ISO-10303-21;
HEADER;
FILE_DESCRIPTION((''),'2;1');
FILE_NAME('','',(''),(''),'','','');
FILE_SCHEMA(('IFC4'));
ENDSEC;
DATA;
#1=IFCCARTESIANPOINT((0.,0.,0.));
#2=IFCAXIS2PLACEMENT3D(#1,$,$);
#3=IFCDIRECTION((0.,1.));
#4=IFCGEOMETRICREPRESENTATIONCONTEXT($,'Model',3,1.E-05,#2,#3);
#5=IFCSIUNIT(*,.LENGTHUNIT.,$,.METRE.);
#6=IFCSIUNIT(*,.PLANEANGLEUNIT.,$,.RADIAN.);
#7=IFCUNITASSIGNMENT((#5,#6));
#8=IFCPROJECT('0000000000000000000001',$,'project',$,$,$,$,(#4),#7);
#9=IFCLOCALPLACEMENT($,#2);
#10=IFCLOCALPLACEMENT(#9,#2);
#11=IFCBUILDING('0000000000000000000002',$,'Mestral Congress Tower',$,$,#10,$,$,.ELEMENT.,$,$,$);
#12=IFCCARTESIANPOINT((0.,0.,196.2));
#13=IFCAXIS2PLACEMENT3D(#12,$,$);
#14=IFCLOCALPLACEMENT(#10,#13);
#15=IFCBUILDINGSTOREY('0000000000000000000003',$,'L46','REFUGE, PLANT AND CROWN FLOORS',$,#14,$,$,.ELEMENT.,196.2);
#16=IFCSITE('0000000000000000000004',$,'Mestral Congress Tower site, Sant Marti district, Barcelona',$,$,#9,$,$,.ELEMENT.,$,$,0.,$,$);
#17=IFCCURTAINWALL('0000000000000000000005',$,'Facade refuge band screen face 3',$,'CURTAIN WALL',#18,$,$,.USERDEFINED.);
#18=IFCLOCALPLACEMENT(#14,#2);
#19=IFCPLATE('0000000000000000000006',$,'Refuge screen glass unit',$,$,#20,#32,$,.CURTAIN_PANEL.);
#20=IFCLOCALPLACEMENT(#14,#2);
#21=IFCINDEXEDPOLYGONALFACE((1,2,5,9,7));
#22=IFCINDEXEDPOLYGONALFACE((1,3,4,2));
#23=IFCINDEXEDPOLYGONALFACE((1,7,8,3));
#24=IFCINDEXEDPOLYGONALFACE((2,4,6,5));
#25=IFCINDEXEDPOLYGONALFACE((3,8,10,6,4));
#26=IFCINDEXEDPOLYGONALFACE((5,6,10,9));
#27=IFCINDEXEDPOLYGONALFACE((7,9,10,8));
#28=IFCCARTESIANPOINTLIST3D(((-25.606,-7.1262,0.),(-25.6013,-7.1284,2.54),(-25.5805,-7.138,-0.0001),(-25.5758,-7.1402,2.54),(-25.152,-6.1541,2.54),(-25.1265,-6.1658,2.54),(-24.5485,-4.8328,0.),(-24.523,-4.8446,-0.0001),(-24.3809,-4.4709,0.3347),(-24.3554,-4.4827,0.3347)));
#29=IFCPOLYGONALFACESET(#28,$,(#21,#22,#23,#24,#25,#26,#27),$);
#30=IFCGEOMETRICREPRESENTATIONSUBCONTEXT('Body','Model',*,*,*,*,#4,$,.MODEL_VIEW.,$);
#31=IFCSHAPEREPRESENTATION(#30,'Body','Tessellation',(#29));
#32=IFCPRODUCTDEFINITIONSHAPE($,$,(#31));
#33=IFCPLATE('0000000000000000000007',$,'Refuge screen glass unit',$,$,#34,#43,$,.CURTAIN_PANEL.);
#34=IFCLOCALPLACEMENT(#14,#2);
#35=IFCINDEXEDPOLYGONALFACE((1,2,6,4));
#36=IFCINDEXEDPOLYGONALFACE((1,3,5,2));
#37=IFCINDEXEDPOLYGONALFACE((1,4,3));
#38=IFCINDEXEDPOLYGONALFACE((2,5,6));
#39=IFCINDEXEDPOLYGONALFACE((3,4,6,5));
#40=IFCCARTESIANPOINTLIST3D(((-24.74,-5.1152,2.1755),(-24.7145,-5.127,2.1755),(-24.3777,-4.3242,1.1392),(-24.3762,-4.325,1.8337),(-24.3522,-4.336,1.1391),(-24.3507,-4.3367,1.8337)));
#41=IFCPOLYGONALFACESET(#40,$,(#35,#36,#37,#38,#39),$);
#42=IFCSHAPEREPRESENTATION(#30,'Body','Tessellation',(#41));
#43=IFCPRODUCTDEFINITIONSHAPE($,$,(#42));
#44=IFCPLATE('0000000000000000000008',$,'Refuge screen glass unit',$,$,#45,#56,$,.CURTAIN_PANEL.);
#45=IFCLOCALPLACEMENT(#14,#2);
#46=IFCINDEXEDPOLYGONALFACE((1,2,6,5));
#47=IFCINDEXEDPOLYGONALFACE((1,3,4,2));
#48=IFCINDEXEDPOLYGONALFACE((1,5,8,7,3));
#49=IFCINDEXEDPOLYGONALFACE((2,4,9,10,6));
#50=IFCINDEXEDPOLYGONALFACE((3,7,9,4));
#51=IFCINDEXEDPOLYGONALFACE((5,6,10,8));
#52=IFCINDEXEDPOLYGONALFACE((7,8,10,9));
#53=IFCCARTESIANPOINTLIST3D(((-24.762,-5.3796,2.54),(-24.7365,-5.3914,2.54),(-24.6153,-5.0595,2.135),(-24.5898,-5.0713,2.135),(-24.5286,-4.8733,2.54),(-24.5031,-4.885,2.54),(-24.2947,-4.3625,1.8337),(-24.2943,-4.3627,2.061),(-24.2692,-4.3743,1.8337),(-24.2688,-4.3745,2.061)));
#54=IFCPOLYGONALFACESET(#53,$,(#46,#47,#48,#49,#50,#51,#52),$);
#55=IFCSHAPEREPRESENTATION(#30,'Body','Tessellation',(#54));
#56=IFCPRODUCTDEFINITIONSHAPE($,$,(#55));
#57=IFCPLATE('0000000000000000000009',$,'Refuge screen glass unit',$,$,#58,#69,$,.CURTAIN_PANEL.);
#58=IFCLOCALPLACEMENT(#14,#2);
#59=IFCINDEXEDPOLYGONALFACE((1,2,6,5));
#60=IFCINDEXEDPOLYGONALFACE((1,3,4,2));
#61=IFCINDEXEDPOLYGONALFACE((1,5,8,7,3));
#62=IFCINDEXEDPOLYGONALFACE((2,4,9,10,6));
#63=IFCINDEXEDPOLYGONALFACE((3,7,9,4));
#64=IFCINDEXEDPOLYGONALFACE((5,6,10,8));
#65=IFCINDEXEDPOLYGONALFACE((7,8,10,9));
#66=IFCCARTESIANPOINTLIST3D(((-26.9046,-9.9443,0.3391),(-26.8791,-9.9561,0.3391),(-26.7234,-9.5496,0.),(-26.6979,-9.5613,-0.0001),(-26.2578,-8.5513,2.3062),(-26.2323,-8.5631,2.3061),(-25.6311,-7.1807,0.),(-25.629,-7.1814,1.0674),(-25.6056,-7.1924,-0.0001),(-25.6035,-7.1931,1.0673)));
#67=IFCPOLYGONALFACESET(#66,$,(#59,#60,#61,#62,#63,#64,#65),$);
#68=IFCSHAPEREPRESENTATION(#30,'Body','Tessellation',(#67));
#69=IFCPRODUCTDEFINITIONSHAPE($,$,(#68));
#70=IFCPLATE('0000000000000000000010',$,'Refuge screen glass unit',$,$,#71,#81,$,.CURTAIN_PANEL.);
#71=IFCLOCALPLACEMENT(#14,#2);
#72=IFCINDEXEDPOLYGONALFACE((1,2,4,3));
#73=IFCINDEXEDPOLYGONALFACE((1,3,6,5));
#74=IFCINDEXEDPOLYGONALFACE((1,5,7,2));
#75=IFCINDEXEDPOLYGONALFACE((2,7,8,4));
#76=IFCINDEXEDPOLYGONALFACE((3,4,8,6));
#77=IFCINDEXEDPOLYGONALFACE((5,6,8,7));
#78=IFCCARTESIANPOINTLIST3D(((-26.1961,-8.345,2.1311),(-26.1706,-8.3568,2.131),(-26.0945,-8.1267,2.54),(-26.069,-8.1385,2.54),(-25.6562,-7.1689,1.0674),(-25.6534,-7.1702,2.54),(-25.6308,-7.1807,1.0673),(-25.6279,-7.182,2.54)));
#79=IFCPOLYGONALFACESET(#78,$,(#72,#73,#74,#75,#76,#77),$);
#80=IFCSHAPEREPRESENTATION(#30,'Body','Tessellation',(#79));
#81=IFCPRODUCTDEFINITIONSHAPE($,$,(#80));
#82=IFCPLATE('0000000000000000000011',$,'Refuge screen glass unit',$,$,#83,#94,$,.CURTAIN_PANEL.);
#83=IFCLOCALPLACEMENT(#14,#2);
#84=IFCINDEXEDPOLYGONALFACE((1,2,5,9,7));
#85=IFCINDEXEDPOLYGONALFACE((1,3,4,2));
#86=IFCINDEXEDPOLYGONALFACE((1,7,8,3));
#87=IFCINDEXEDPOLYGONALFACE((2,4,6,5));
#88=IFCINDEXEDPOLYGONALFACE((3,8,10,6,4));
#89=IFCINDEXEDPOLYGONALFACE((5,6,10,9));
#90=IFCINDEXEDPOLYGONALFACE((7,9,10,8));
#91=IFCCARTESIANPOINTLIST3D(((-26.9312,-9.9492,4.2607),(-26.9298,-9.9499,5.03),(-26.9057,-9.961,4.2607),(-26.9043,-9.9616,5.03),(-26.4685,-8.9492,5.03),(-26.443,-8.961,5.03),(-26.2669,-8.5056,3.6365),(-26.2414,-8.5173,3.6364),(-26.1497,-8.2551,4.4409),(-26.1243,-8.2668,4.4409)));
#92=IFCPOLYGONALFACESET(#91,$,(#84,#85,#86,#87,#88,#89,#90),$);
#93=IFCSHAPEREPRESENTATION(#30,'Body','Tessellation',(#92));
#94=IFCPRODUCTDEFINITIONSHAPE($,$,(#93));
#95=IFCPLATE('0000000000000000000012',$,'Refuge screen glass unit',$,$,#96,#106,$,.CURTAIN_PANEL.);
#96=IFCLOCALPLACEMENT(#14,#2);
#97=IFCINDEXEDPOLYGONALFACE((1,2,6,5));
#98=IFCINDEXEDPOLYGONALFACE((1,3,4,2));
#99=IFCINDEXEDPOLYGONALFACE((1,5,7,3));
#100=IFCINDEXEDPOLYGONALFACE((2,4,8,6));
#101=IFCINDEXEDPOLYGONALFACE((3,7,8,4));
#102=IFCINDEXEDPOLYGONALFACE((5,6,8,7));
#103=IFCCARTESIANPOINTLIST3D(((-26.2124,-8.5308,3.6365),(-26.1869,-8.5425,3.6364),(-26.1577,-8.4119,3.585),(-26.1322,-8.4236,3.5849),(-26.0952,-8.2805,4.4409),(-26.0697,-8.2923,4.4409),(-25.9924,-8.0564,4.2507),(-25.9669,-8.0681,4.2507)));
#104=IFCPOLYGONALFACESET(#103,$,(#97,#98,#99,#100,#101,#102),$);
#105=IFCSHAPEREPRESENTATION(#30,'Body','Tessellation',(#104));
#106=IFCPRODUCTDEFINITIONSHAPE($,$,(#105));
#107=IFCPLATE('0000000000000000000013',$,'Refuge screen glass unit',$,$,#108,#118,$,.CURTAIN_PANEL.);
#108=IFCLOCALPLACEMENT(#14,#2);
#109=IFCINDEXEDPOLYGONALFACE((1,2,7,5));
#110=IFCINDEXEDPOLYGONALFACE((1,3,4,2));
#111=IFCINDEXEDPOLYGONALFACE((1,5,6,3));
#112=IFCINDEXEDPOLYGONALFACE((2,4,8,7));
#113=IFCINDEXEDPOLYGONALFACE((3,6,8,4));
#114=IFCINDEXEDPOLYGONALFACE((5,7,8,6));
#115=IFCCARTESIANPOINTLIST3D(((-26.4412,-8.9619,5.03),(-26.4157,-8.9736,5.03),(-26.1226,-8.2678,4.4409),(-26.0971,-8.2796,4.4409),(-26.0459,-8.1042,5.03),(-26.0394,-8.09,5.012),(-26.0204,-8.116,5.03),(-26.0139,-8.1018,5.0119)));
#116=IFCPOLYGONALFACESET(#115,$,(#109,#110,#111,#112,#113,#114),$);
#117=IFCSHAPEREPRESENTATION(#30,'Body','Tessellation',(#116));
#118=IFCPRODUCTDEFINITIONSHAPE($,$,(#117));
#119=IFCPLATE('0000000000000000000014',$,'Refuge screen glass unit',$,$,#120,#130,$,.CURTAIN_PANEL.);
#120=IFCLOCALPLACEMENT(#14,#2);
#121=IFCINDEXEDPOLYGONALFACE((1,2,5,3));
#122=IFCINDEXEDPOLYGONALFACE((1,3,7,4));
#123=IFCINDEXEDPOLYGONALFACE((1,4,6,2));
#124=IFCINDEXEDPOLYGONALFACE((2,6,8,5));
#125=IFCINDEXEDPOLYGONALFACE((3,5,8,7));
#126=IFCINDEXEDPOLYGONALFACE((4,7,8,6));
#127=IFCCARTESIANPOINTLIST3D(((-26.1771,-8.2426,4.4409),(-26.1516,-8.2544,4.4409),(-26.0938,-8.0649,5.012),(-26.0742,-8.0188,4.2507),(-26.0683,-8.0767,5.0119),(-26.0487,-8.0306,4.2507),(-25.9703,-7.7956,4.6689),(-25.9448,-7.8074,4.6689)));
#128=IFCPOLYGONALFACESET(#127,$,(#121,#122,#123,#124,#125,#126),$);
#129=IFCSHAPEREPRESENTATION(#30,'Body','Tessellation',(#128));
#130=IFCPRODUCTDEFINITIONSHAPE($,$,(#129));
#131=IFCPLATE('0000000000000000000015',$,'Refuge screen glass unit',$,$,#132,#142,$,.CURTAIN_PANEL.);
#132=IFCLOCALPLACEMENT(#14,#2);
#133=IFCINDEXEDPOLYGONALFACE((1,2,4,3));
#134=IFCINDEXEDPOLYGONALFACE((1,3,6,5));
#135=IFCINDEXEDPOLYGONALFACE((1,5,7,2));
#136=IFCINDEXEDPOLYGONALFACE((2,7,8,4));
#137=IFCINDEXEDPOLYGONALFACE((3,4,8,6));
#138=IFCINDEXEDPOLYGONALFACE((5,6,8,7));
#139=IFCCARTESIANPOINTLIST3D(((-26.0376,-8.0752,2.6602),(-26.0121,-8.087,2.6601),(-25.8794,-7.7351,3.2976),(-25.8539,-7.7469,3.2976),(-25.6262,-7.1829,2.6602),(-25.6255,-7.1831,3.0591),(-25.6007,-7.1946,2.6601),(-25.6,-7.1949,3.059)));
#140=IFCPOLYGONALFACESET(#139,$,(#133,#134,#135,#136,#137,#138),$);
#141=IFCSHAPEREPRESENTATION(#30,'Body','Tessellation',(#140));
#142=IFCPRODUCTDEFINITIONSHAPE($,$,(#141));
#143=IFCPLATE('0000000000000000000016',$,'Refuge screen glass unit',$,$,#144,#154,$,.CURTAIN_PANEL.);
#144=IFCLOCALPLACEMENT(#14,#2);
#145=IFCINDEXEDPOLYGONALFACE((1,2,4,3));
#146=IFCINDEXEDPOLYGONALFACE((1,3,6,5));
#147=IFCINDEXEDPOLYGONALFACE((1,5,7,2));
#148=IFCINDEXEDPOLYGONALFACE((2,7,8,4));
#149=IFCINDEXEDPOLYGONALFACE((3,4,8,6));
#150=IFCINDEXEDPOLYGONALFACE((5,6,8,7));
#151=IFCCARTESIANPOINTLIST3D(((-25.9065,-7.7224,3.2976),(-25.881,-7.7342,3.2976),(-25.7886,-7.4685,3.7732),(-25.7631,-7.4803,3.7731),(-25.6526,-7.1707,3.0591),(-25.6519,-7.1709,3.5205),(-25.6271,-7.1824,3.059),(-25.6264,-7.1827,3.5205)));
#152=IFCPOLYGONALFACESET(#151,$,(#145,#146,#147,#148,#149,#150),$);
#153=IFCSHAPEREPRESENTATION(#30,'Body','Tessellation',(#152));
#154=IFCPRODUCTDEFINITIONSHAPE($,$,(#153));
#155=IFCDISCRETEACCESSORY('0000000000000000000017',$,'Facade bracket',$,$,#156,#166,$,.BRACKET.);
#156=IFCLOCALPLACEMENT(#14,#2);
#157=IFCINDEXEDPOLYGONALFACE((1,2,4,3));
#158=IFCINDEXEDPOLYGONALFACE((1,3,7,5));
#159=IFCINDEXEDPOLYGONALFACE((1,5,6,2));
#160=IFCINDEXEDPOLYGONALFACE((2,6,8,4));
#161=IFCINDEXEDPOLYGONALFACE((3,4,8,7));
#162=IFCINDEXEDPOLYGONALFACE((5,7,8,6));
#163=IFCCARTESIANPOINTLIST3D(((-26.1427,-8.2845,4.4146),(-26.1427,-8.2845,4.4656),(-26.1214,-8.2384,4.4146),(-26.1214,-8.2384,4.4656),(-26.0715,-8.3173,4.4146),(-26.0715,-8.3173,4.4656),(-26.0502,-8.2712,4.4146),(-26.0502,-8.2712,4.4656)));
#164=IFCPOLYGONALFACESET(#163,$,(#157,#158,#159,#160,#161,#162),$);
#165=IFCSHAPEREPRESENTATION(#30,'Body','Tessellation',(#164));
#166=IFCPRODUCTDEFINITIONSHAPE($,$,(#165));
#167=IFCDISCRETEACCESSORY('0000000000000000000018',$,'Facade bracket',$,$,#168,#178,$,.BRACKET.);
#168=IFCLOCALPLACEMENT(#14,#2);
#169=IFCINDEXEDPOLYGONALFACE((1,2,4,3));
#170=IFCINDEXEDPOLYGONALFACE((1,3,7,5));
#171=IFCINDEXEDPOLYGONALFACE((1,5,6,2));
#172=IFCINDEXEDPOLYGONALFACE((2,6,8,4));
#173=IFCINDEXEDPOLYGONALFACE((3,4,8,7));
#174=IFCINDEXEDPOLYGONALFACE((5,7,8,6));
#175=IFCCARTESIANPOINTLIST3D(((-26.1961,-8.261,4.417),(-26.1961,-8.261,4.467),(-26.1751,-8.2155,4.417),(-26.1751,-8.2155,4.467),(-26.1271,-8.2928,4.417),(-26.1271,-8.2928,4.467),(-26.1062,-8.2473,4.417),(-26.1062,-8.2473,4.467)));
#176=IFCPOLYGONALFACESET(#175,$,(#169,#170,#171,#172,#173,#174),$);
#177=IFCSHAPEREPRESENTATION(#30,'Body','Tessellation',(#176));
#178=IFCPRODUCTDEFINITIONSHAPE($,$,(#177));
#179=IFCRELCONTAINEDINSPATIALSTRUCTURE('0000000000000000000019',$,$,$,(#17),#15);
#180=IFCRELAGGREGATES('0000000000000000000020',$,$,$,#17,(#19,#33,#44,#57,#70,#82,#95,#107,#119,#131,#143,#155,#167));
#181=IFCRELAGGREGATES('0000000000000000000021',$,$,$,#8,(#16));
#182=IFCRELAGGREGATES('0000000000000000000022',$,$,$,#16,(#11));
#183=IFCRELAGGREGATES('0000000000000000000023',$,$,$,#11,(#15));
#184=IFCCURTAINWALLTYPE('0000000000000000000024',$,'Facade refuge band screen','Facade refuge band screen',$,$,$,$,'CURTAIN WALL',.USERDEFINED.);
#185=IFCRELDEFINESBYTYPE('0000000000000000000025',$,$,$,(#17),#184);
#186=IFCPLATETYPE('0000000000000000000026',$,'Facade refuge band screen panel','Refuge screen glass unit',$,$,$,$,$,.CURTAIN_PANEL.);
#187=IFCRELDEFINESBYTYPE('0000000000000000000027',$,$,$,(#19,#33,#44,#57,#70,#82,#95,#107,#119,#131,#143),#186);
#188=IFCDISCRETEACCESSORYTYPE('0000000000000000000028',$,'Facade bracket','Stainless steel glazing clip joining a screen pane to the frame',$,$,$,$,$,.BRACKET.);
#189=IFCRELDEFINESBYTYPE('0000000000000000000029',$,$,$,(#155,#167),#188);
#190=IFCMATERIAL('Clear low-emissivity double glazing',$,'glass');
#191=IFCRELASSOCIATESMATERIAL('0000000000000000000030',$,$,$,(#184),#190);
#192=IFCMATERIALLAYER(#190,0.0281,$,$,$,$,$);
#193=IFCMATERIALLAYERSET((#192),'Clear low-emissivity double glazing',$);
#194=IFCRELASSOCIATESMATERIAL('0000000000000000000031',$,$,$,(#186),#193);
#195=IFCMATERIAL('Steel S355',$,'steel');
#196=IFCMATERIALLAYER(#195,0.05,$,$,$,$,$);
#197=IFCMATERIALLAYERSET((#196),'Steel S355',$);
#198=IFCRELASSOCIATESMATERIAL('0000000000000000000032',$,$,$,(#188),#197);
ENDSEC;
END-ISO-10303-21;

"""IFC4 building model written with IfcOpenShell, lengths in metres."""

from ifc_helpers import new_model, si_unit, direction, frame, origin, origin_2d, place, context, subcontext, project, spatial, polyline, rectangle, outline, extrude, material, layer, layer_set, type_object, element, aggregate, save


model = new_model("IFC4")

# Units and contexts
model_context = context("Model", 3, precision=1e-05, world=origin(), true_north=direction((0.0, 1.0)))
body_context = subcontext(model_context, "Body", "Model", "MODEL_VIEW")
ifc_project = project(units=[si_unit("LENGTHUNIT", "METRE"), si_unit("PLANEANGLEUNIT", "RADIAN")], contexts=[model_context])

# Site, building, storey
site_placement = place(None, origin())
site = spatial("IfcSite", under=ifc_project, at=site_placement, Name="Mestral Congress Tower site, Sant Marti district, Barcelona", CompositionType="ELEMENT", RefElevation=0.0)
building_placement = place(site_placement, origin())
building = spatial("IfcBuilding", under=site, at=building_placement, Name="Mestral Congress Tower", CompositionType="ELEMENT")
storey_placement = place(building_placement, frame((0.0, 0.0, 196.2)))
storey = spatial("IfcBuildingStorey", under=building, at=storey_placement, Name="L46", Description="REFUGE, PLANT AND CROWN FLOORS", CompositionType="ELEMENT", Elevation=196.2)

# Shared definitions
ifc_material_1 = material(Name="Steel S355", Category="steel")

# Curtain wall
ifc_material_2 = material(Name="Clear low-emissivity double glazing", Category="glass")
curtain_wall_type = type_object("IfcCurtainWallType", Name="Facade refuge band screen", Description="Facade refuge band screen", ElementType="CURTAIN WALL", PredefinedType="USERDEFINED", material=ifc_material_2)
curtain_wall_placement = place(storey_placement, origin())
curtain_wall = element("IfcCurtainWall", 1, at=curtain_wall_placement, inside=storey, type_object=curtain_wall_type, Name="Facade refuge band screen face 3", ObjectType="CURTAIN WALL", PredefinedType="USERDEFINED")

# Plates
ifc_layer_1 = layer(ifc_material_2, 0.0281)
ifc_layer_set_1 = layer_set([ifc_layer_1], Name="Clear low-emissivity double glazing")
plate_type_1 = type_object("IfcPlateType", Name="Facade refuge band screen panel", Description="Refuge screen glass unit", PredefinedType="CURTAIN_PANEL", material=ifc_layer_set_1)
plate_1_placement = place(storey_placement, frame((-25.606, -7.1262, 0.0), z_axis=(-0.908115, 0.418716, 0.002041), x_axis=(0.418717, 0.908117, 0.0)))
plate_1 = element("IfcPlate", 2, at=plate_1_placement, type_object=plate_type_1, Name="Refuge screen glass unit", PredefinedType="CURTAIN_PANEL", context=body_context, shape_type="SweptSolid", body=[
    extrude(outline(polyline([(0.0, 0.0), (2.5255, 0.0), (2.9243, -0.3347), (1.0729, -2.54), (-0.0001, -2.54), (0.0, 0.0)])), origin(), (0.0, 0.0, -1.0), 0.0281),
])
plate_2_placement = place(storey_placement, frame((-24.3777, -4.3242, 1.1392), z_axis=(-0.907996, 0.418972, 0.002357), x_axis=(0.002109, -0.001054, 0.999997)))
plate_2 = element("IfcPlate", 3, at=plate_2_placement, type_object=plate_type_1, Name="Refuge screen glass unit", PredefinedType="CURTAIN_PANEL", context=body_context, shape_type="SweptSolid", body=[
    extrude(outline(polyline([(0.0, 0.0), (0.6946, 0.0), (1.0364, -0.87), (0.0, 0.0)])), origin(), (0.0, 0.0, -1.0), 0.0281),
])
plate_3_placement = place(storey_placement, frame((-24.2947, -4.3625, 1.8337), z_axis=(-0.908152, 0.418637, 0.001945), x_axis=(0.001734, -0.000883, 0.999998)))
plate_3 = element("IfcPlate", 4, at=plate_3_placement, type_object=plate_type_1, Name="Refuge screen glass unit", PredefinedType="CURTAIN_PANEL", context=body_context, shape_type="SweptSolid", body=[
    extrude(outline(polyline([(0.0, 0.0), (0.2273, 0.0), (0.7063, -0.5617), (0.7064, -1.1192), (0.3013, -0.7672), (0.0, 0.0)])), origin(), (0.0, 0.0, -1.0), 0.0281),
])
plate_4_placement = place(storey_placement, frame((-25.6311, -7.1807, 0.0), z_axis=(-0.908111, 0.418724, 0.002101), x_axis=(0.002008, -0.000663, 0.999998)))
plate_4 = element("IfcPlate", 5, at=plate_4_placement, type_object=plate_type_1, Name="Refuge screen glass unit", PredefinedType="CURTAIN_PANEL", context=body_context, shape_type="SweptSolid", body=[
    extrude(outline(polyline([(0.0, 0.0), (1.0674, 0.0), (2.3058, -1.5076), (0.3384, -3.043), (-0.0006, -2.6086), (0.0, 0.0)])), origin(), (0.0, 0.0, -1.0), 0.0281),
])
plate_5_placement = place(storey_placement, frame((-25.6562, -7.1689, 1.0674), z_axis=(-0.90809, 0.418771, 0.002125), x_axis=(0.001934, -0.00088, 0.999998)))
plate_5 = element("IfcPlate", 6, at=plate_5_placement, type_object=plate_type_1, Name="Refuge screen glass unit", PredefinedType="CURTAIN_PANEL", context=body_context, shape_type="SweptSolid", body=[
    extrude(outline(polyline([(0.0, 0.0), (1.4727, 0.0), (1.4726, -1.0533), (1.0637, -1.2941), (0.0, 0.0)])), origin(), (0.0, 0.0, -1.0), 0.0281),
])
plate_6_placement = place(storey_placement, frame((-26.4685, -8.9492, 5.03), z_axis=(-0.908134, 0.418675, 0.001937), x_axis=(-0.418676, -0.908136, 0.0)))
plate_6 = element("IfcPlate", 7, at=plate_6_placement, type_object=plate_type_1, Name="Refuge screen glass unit", PredefinedType="CURTAIN_PANEL", context=body_context, shape_type="SweptSolid", body=[
    extrude(outline(polyline([(0.0, 0.0), (1.1019, 0.0), (1.1018, -0.7693), (-0.4873, -1.3936), (-0.7638, -0.5891), (0.0, 0.0)])), origin(), (0.0, 0.0, -1.0), 0.0281),
])
plate_7_placement = place(storey_placement, frame((-26.2124, -8.5308, 3.6365), z_axis=(-0.908243, 0.418437, 0.002108), x_axis=(0.388659, 0.845453, -0.366269)))
plate_7 = element("IfcPlate", 8, at=plate_7_placement, type_object=plate_type_1, Name="Refuge screen glass unit", PredefinedType="CURTAIN_PANEL", context=body_context, shape_type="SweptSolid", body=[
    extrude(outline(polyline([(0.0, 0.0), (0.1406, 0.0), (0.2616, -0.7631), (-0.0375, -0.8498), (0.0, 0.0)])), origin(), (0.0, 0.0, -1.0), 0.0281),
])
plate_8_placement = place(storey_placement, frame((-26.0459, -8.1042, 5.03), z_axis=(-0.908151, 0.418639, 0.001936), x_axis=(-0.41864, -0.908152, 0.0)))
plate_8 = element("IfcPlate", 9, at=plate_8_placement, type_object=plate_type_1, Name="Refuge screen glass unit", PredefinedType="CURTAIN_PANEL", context=body_context, shape_type="SweptSolid", body=[
    extrude(outline(polyline([(0.0, 0.0), (0.9444, 0.0), (0.1806, -0.5891), (-0.0156, -0.0181), (0.0, 0.0)])), origin(), (0.0, 0.0, -1.0), 0.0281),
])
plate_9_placement = place(storey_placement, frame((-26.0938, -8.0649, 5.012), z_axis=(-0.908002, 0.418961, 0.002099), x_axis=(-0.137977, -0.294296, -0.945702)))
plate_9 = element("IfcPlate", 10, at=plate_9_placement, type_object=plate_type_1, Name="Refuge screen glass unit", PredefinedType="CURTAIN_PANEL", context=body_context, shape_type="SweptSolid", body=[
    extrude(outline(polyline([(0.0, 0.0), (0.6038, 0.0), (0.7036, -0.2948), (0.2281, -0.3917), (0.0, 0.0)])), origin(), (0.0, 0.0, -1.0), 0.0281),
])
plate_10_placement = place(storey_placement, frame((-25.8794, -7.7351, 3.2976), z_axis=(-0.908151, 0.418638, 0.001994), x_axis=(-0.213865, -0.459833, -0.861868)))
plate_10 = element("IfcPlate", 11, at=plate_10_placement, type_object=plate_type_1, Name="Refuge screen glass unit", PredefinedType="CURTAIN_PANEL", context=body_context, shape_type="SweptSolid", body=[
    extrude(outline(polyline([(0.0, 0.0), (0.7396, 0.0), (0.2413, -0.8469), (-0.1026, -0.6446), (0.0, 0.0)])), origin(), (0.0, 0.0, -1.0), 0.0281),
])
plate_11_placement = place(storey_placement, frame((-25.6526, -7.1707, 3.0591), z_axis=(-0.908156, 0.418629, 0.00167), x_axis=(0.001593, -0.000532, 0.999999)))
plate_11 = element("IfcPlate", 12, at=plate_11_placement, type_object=plate_type_1, Name="Refuge screen glass unit", PredefinedType="CURTAIN_PANEL", context=body_context, shape_type="SweptSolid", body=[
    extrude(outline(polyline([(0.0, 0.0), (0.4614, 0.0), (0.7141, -0.3276), (0.2384, -0.6074), (0.0, 0.0)])), origin(), (0.0, 0.0, -1.0), 0.0281),
])

# Discrete accessories
ifc_layer_2 = layer(ifc_material_1, 0.05)
ifc_layer_set_2 = layer_set([ifc_layer_2], Name="Steel S355")
discrete_accessory_type = type_object("IfcDiscreteAccessoryType", Name="Facade bracket", Description="Stainless steel glazing clip joining a screen pane to the frame", PredefinedType="BRACKET", material=ifc_layer_set_2)
discrete_accessory_1_placement = place(storey_placement, frame((-26.0964, -8.2778, 4.4146), z_axis=(0.0, 0.0, 1.0), x_axis=(-0.418877, -0.908043, 0.0)))
discrete_accessory_1 = element("IfcDiscreteAccessory", 13, at=discrete_accessory_1_placement, type_object=discrete_accessory_type, Name="Facade bracket", PredefinedType="BRACKET", context=body_context, shape_type="SweptSolid", body=[
    extrude(rectangle(XDim=0.0508, YDim=0.0784, at=origin_2d()), origin(), (0.0, 0.0, 1.0), 0.051),
])
discrete_accessory_2_placement = place(storey_placement, frame((-26.1511, -8.2542, 4.417), z_axis=(0.0, 0.0, 1.0), x_axis=(-0.418804, -0.908077, 0.0)))
discrete_accessory_2 = element("IfcDiscreteAccessory", 14, at=discrete_accessory_2_placement, type_object=discrete_accessory_type, Name="Facade bracket", PredefinedType="BRACKET", context=body_context, shape_type="SweptSolid", body=[
    extrude(rectangle(XDim=0.05, YDim=0.0759, at=origin_2d()), origin(), (0.0, 0.0, 1.0), 0.05),
])
aggregate(curtain_wall, [plate_1, plate_2, plate_3, plate_4, plate_5, plate_6, plate_7, plate_8, plate_9, plate_10, plate_11, discrete_accessory_1, discrete_accessory_2])

save(model, "model.ifc")
